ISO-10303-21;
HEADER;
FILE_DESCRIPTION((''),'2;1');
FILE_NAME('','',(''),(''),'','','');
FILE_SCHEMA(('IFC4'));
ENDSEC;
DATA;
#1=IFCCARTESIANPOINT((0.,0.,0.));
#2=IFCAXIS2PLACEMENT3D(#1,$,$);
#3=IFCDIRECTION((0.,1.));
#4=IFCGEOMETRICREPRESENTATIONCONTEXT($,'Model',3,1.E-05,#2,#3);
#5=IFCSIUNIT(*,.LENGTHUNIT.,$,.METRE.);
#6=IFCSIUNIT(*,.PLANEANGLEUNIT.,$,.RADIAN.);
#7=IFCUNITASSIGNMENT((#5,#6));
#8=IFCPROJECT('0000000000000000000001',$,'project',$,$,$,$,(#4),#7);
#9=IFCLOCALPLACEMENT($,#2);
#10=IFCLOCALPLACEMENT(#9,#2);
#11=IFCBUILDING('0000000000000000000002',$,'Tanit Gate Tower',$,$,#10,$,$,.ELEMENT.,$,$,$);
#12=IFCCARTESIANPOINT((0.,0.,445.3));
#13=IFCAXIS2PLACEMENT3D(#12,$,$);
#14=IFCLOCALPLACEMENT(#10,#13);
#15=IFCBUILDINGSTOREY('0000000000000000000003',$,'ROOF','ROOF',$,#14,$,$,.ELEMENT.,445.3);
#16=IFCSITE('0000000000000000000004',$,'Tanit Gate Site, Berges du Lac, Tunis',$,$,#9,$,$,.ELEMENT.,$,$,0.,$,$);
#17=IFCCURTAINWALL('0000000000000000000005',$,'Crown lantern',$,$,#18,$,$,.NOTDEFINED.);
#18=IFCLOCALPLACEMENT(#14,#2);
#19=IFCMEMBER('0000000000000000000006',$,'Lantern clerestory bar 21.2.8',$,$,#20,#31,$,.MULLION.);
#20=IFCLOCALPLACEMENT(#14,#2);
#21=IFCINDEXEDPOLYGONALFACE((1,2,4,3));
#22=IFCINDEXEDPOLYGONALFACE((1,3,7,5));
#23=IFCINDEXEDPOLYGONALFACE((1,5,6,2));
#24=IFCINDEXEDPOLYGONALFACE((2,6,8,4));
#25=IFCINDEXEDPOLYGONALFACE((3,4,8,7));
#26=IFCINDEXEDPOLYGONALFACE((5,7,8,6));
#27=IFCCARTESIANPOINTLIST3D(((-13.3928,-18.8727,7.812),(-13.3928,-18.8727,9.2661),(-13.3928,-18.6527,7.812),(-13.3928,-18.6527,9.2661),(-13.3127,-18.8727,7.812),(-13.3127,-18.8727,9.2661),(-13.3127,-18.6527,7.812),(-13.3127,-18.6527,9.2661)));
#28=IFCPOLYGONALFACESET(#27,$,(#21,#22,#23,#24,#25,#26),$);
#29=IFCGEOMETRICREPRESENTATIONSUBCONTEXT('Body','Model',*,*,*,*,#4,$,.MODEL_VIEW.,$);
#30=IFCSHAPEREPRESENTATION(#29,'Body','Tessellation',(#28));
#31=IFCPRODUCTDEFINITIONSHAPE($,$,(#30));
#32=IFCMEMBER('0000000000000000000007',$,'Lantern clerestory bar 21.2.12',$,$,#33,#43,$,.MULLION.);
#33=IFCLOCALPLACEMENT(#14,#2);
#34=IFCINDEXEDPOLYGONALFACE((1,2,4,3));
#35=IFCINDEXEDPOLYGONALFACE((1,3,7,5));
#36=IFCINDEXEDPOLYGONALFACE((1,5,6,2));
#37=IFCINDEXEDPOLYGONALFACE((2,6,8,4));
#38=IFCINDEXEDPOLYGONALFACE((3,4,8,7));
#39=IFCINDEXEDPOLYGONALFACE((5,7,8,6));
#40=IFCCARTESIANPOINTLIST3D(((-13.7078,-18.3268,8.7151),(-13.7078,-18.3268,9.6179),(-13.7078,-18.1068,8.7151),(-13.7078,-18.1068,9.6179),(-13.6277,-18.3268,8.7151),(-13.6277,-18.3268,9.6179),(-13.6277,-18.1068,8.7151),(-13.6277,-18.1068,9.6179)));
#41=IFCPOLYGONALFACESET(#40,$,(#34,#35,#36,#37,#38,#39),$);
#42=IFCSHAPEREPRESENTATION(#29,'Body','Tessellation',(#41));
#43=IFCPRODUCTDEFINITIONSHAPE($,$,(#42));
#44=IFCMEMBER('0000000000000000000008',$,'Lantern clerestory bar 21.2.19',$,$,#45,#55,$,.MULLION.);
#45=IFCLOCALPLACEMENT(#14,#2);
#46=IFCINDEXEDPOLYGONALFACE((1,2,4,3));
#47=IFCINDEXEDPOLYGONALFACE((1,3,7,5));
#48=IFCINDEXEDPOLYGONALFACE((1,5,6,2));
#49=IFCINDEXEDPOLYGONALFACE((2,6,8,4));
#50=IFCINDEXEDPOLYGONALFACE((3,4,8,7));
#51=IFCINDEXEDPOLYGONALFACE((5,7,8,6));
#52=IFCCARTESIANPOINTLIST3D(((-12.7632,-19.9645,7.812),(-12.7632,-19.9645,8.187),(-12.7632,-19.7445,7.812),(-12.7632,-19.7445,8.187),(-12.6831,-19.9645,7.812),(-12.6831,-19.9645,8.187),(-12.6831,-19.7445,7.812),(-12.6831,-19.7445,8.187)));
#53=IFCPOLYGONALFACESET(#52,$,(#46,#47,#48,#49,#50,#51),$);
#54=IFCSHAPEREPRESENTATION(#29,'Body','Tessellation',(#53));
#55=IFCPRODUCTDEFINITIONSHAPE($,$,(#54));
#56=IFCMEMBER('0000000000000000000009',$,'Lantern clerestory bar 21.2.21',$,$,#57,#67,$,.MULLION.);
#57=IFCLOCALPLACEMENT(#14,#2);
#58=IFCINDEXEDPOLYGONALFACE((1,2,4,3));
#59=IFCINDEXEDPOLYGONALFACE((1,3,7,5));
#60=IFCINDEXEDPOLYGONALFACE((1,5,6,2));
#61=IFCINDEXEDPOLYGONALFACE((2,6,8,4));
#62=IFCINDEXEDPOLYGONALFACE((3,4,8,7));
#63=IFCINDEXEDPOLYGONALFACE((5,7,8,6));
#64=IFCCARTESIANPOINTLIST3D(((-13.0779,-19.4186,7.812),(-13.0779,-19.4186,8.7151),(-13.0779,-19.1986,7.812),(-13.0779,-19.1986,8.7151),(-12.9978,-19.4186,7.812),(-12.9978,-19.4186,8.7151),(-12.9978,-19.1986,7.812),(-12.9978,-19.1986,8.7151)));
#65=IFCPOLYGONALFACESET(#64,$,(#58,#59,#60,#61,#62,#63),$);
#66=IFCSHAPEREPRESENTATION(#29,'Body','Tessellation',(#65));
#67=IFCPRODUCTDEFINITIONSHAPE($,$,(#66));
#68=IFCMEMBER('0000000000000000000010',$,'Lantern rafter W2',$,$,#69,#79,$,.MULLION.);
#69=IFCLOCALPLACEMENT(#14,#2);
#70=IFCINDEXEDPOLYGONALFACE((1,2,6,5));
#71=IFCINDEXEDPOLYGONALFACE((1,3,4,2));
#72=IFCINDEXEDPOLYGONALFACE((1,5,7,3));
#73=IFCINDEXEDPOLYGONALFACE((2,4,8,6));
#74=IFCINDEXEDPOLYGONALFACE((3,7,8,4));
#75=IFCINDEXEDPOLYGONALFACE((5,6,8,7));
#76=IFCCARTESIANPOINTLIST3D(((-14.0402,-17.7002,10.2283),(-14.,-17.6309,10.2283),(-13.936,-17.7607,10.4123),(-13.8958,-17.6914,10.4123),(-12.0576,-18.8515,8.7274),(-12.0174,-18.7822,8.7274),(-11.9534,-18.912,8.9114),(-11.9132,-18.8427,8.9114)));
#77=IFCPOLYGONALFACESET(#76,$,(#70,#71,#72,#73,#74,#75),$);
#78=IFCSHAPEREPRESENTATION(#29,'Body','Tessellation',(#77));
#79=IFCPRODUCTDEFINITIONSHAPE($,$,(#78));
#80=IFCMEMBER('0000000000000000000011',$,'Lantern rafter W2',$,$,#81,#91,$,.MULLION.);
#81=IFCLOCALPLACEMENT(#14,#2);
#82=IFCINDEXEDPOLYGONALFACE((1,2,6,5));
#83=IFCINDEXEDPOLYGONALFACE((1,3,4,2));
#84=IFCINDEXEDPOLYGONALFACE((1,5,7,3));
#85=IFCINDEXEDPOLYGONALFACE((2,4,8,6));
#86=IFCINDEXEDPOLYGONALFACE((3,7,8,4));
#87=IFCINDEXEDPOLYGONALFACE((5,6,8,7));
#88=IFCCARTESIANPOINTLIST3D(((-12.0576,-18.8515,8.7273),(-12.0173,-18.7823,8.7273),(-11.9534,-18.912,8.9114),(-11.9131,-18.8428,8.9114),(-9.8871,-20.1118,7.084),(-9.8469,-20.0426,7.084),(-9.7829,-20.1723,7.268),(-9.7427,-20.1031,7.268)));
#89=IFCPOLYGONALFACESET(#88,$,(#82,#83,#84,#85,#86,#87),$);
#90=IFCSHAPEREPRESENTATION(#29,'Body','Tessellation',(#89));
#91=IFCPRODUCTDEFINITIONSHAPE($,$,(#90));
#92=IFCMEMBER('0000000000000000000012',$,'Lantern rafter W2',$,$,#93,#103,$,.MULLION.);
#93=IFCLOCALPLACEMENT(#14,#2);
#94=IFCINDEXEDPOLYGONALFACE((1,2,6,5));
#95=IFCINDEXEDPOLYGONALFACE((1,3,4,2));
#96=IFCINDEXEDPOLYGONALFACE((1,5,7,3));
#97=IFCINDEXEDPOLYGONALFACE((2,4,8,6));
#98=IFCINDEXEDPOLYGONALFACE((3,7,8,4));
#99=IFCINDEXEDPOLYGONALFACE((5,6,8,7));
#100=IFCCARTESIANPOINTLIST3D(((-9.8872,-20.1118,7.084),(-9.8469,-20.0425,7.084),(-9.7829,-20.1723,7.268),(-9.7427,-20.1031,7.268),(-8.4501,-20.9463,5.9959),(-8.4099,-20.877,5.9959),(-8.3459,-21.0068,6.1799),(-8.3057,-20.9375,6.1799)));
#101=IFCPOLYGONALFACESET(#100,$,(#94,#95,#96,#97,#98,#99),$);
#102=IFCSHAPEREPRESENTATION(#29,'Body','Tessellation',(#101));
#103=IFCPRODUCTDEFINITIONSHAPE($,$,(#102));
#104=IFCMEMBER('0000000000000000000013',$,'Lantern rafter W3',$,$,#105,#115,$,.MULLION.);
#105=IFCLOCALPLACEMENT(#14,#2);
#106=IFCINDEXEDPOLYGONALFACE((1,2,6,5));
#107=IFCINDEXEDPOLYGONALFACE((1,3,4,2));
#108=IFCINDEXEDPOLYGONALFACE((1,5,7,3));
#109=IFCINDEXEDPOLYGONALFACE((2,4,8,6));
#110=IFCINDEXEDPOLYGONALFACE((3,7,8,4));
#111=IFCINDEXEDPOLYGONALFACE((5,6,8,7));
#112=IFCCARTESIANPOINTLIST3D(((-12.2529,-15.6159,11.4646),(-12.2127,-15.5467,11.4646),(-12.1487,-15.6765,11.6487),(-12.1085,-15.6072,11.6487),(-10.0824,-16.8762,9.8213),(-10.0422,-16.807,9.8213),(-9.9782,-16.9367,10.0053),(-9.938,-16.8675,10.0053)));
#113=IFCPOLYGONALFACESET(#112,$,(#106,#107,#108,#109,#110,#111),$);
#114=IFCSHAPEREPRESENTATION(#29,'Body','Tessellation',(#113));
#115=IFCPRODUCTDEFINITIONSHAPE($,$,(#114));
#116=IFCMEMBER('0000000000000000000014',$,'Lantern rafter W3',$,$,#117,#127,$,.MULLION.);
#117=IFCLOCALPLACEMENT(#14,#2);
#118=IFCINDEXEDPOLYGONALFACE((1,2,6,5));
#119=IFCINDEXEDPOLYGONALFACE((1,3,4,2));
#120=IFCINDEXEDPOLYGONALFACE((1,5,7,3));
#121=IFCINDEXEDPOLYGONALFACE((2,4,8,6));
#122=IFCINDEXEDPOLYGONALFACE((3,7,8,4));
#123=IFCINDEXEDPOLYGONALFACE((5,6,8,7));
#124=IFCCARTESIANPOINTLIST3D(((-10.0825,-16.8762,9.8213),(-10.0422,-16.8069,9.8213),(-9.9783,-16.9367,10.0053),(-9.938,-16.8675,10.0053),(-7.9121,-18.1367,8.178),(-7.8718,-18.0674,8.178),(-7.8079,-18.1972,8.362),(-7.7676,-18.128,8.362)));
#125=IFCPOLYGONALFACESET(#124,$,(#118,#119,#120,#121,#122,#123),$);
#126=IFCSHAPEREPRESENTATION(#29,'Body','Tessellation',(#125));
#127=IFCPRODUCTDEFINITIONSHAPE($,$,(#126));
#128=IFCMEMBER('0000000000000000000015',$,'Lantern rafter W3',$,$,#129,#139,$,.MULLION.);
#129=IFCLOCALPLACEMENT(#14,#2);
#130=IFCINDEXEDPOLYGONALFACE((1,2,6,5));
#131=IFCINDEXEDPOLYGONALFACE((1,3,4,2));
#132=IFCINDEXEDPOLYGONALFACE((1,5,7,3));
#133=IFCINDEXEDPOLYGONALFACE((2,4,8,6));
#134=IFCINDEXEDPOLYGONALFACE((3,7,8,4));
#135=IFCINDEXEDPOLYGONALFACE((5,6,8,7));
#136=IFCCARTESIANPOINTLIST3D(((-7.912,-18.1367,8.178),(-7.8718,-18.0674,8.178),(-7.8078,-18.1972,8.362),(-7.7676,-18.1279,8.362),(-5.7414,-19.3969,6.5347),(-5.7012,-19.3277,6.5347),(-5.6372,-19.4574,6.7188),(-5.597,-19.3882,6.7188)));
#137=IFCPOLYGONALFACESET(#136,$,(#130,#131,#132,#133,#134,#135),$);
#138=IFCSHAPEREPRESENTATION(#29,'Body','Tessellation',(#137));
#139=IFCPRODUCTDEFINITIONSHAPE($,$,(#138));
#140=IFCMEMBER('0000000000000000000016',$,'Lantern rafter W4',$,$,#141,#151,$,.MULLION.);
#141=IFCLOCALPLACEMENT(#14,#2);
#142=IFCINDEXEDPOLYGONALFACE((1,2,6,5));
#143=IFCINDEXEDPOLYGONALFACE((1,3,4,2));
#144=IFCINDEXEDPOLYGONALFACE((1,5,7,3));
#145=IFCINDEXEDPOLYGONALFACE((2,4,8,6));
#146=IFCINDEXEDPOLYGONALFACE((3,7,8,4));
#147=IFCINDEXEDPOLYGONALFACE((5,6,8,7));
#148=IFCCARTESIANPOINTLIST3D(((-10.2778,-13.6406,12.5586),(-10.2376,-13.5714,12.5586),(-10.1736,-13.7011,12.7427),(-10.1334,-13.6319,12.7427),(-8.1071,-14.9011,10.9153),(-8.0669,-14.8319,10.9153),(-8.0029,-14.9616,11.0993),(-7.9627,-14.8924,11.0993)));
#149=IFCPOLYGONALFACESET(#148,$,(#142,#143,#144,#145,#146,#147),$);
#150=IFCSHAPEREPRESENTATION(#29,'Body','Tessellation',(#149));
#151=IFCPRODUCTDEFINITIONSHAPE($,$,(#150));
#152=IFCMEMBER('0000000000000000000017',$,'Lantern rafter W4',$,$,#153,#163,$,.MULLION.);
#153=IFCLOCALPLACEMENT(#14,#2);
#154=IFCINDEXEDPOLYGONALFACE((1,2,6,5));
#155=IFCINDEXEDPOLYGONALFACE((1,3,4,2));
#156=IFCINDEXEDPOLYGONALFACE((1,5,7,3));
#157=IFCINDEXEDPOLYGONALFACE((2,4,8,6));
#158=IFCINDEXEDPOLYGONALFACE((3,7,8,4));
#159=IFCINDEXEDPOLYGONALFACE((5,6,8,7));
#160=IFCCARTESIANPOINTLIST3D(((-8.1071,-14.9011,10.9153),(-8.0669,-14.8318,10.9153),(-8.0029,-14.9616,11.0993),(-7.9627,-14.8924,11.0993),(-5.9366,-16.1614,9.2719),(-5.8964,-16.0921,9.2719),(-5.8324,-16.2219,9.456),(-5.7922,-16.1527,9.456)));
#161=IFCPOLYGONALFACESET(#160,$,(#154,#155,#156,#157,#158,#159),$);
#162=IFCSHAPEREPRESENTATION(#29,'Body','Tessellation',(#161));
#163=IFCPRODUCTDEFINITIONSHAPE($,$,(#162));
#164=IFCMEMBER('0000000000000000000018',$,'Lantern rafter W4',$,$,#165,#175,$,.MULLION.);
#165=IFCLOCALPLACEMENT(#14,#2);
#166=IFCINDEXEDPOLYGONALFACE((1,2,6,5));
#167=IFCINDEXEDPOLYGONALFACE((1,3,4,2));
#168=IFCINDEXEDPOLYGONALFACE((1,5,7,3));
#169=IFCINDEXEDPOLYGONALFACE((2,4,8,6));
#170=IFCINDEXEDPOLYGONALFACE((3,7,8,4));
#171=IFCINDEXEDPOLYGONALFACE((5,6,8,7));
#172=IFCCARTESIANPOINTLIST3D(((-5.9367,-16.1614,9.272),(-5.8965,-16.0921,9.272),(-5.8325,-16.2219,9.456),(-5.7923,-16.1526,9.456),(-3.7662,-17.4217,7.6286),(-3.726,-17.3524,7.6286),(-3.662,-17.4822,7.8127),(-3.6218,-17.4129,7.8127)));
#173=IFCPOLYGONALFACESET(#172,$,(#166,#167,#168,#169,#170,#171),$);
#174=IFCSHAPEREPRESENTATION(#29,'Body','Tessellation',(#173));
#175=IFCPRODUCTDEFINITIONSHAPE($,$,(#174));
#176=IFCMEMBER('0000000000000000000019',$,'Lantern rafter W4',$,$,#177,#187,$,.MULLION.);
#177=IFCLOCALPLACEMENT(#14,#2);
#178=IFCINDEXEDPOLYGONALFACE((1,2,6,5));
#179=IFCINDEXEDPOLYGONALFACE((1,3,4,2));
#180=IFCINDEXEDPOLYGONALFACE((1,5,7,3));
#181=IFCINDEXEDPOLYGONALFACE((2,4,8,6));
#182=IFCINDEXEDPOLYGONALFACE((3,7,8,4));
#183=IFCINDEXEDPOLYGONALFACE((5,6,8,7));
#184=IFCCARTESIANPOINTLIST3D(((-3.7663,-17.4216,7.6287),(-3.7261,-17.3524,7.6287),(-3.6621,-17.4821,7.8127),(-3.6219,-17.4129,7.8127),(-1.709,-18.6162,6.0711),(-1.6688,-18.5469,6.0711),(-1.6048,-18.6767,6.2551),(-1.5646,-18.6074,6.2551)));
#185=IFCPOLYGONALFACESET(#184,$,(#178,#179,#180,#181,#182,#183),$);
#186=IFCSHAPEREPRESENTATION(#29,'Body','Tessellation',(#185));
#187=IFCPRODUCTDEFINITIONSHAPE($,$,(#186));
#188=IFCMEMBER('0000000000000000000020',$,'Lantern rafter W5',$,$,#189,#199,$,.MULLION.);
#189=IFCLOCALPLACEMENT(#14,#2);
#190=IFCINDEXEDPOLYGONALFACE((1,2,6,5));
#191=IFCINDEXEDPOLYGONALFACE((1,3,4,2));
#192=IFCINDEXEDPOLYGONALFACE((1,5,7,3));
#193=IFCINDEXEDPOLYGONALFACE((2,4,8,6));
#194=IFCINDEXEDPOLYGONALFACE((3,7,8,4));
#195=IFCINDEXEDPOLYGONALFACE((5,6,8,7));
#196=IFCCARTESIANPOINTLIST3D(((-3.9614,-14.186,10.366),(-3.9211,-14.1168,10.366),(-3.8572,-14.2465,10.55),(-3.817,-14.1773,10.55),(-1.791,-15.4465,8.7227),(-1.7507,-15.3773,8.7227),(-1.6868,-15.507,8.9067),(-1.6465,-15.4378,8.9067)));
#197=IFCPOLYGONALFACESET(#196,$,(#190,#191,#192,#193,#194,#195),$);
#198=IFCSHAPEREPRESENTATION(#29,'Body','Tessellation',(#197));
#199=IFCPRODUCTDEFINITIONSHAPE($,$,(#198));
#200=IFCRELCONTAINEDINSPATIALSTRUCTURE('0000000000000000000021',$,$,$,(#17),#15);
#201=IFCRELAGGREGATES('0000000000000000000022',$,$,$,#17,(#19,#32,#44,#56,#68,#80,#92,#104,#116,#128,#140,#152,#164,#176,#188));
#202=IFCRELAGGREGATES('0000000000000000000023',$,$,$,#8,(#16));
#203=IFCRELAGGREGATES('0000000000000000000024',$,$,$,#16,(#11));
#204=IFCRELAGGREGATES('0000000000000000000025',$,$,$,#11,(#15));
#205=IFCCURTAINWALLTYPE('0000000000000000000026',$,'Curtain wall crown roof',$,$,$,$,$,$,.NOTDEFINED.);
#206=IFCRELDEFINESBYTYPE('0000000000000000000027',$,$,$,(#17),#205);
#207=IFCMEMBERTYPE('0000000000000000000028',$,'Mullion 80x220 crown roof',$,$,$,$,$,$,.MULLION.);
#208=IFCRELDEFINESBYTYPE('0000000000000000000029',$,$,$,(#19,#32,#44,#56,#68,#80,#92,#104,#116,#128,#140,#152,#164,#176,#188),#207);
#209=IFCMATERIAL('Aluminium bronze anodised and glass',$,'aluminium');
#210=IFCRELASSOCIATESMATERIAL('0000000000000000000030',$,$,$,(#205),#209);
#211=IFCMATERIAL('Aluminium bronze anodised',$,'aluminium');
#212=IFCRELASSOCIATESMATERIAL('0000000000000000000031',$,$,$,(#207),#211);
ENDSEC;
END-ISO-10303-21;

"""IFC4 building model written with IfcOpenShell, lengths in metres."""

from ifc_helpers import new_model, si_unit, direction, frame, origin, origin_2d, place, context, subcontext, project, spatial, rectangle, extrude, material, material_profile, profile_set, type_object, element, aggregate, save


model = new_model("IFC4")

# Units and contexts
model_context = context("Model", 3, precision=1e-05, world=origin(), true_north=direction((0.0, 1.0)))
body_context = subcontext(model_context, "Body", "Model", "MODEL_VIEW")
ifc_project = project(units=[si_unit("LENGTHUNIT", "METRE"), si_unit("PLANEANGLEUNIT", "RADIAN")], contexts=[model_context])

# Site, building, storey
site_placement = place(None, origin())
site = spatial("IfcSite", under=ifc_project, at=site_placement, Name="Tanit Gate Site, Berges du Lac, Tunis", CompositionType="ELEMENT", RefElevation=0.0)
building_placement = place(site_placement, origin())
building = spatial("IfcBuilding", under=site, at=building_placement, Name="Tanit Gate Tower", CompositionType="ELEMENT")
storey_placement = place(building_placement, frame((0.0, 0.0, 445.3)))
storey = spatial("IfcBuildingStorey", under=building, at=storey_placement, Name="ROOF", Description="ROOF", CompositionType="ELEMENT", Elevation=445.3)

# Curtain wall, members
ifc_material_1 = material(Name="Aluminium bronze anodised and glass", Category="aluminium")
curtain_wall_type = type_object("IfcCurtainWallType", Name="Curtain wall crown roof", PredefinedType="NOTDEFINED", material=ifc_material_1)
curtain_wall_placement = place(storey_placement, origin())
curtain_wall = element("IfcCurtainWall", 1, at=curtain_wall_placement, inside=storey, type_object=curtain_wall_type, Name="Crown lantern", PredefinedType="NOTDEFINED")
ifc_material_2 = material(Name="Aluminium bronze anodised", Category="aluminium")
ifc_material_profile_1 = material_profile(ifc_material_2, rectangle(XDim=0.0801, YDim=0.22, at=origin_2d()), Name="80x220 bronze rafter")
ifc_profile_set_1 = profile_set([ifc_material_profile_1], Name="Aluminium bronze anodised")
member_type_1 = type_object("IfcMemberType", Name="Mullion 80x220 crown roof", PredefinedType="MULLION", material=ifc_profile_set_1)
member_1_placement = place(storey_placement, frame((-13.3528, -18.7627, 7.812), z_axis=(0.0, 0.0, 1.0), x_axis=(1.0, 0.0, 0.0)))
member_1 = element("IfcMember", 2, at=member_1_placement, type_object=member_type_1, Name="Lantern clerestory bar 21.2.8", PredefinedType="MULLION", context=body_context, shape_type="SweptSolid", body=[
    extrude(rectangle(XDim=0.0801, YDim=0.22, at=origin_2d()), origin(), (0.0, 0.0, 1.0), 1.4541),
])
member_2_placement = place(storey_placement, frame((-13.6677, -18.2168, 8.7151), z_axis=(0.0, 0.0, 1.0), x_axis=(1.0, 0.0, 0.0)))
member_2 = element("IfcMember", 3, at=member_2_placement, type_object=member_type_1, Name="Lantern clerestory bar 21.2.12", PredefinedType="MULLION", context=body_context, shape_type="SweptSolid", body=[
    extrude(rectangle(XDim=0.0801, YDim=0.22, at=origin_2d()), origin(), (0.0, 0.0, 1.0), 0.9028),
])
member_3_placement = place(storey_placement, frame((-12.7231, -19.8545, 7.812), z_axis=(0.0, 0.0, 1.0), x_axis=(1.0, 0.0, 0.0)))
member_3 = element("IfcMember", 4, at=member_3_placement, type_object=member_type_1, Name="Lantern clerestory bar 21.2.19", PredefinedType="MULLION", context=body_context, shape_type="SweptSolid", body=[
    extrude(rectangle(XDim=0.0801, YDim=0.22, at=origin_2d()), origin(), (0.0, 0.0, 1.0), 0.375),
])
member_4_placement = place(storey_placement, frame((-13.0378, -19.3086, 7.812), z_axis=(0.0, 0.0, 1.0), x_axis=(1.0, 0.0, 0.0)))
member_4 = element("IfcMember", 5, at=member_4_placement, type_object=member_type_1, Name="Lantern clerestory bar 21.2.21", PredefinedType="MULLION", context=body_context, shape_type="SweptSolid", body=[
    extrude(rectangle(XDim=0.0801, YDim=0.22, at=origin_2d()), origin(), (0.0, 0.0, 1.0), 0.9031),
])
member_5_placement = place(storey_placement, frame((-13.968, -17.6958, 10.3203), z_axis=(0.723507, -0.420153, -0.547731), x_axis=(0.502182, 0.864762, 0.0)))
member_5 = element("IfcMember", 6, at=member_5_placement, type_object=member_type_1, Name="Lantern rafter W2", PredefinedType="MULLION", context=body_context, shape_type="SweptSolid", body=[
    extrude(rectangle(XDim=0.0801, YDim=0.22, at=origin_2d()), origin(), (0.0, 0.0, 1.0), 2.7402),
])
member_6_placement = place(storey_placement, frame((-11.9854, -18.8472, 8.8193), z_axis=(0.723495, -0.420099, -0.547789), x_axis=(0.50214, 0.864786, 0.0)))
member_6 = element("IfcMember", 7, at=member_6_placement, type_object=member_type_1, Name="Lantern rafter W2", PredefinedType="MULLION", context=body_context, shape_type="SweptSolid", body=[
    extrude(rectangle(XDim=0.0801, YDim=0.22, at=origin_2d()), origin(), (0.0, 0.0, 1.0), 3.0),
])
member_7_placement = place(storey_placement, frame((-9.8149, -20.1074, 7.176), z_axis=(0.723462, -0.420114, -0.54782), x_axis=(0.502171, 0.864768, 0.0)))
member_7 = element("IfcMember", 8, at=member_7_placement, type_object=member_type_1, Name="Lantern rafter W2", PredefinedType="MULLION", context=body_context, shape_type="SweptSolid", body=[
    extrude(rectangle(XDim=0.0801, YDim=0.22, at=origin_2d()), origin(), (0.0, 0.0, 1.0), 1.9863),
])
member_8_placement = place(storey_placement, frame((-12.1807, -15.6116, 11.5566), z_axis=(0.723495, -0.420099, -0.547789), x_axis=(0.50214, 0.864786, 0.0)))
member_8 = element("IfcMember", 9, at=member_8_placement, type_object=member_type_1, Name="Lantern rafter W3", PredefinedType="MULLION", context=body_context, shape_type="SweptSolid", body=[
    extrude(rectangle(XDim=0.0801, YDim=0.22, at=origin_2d()), origin(), (0.0, 0.0, 1.0), 3.0),
])
member_9_placement = place(storey_placement, frame((-10.0103, -16.8718, 9.9133), z_axis=(0.72347, -0.420166, -0.54777), x_axis=(0.502213, 0.864744, 0.0)))
member_9 = element("IfcMember", 10, at=member_9_placement, type_object=member_type_1, Name="Lantern rafter W3", PredefinedType="MULLION", context=body_context, shape_type="SweptSolid", body=[
    extrude(rectangle(XDim=0.0801, YDim=0.22, at=origin_2d()), origin(), (0.0, 0.0, 1.0), 3.0),
])
member_10_placement = place(storey_placement, frame((-7.8398, -18.1323, 8.27), z_axis=(0.723533, -0.420074, -0.547757), x_axis=(0.502098, 0.864811, 0.0)))
member_10 = element("IfcMember", 11, at=member_10_placement, type_object=member_type_1, Name="Lantern rafter W3", PredefinedType="MULLION", context=body_context, shape_type="SweptSolid", body=[
    extrude(rectangle(XDim=0.0801, YDim=0.22, at=origin_2d()), origin(), (0.0, 0.0, 1.0), 3.0),
])
member_11_placement = place(storey_placement, frame((-10.2056, -13.6362, 12.6506), z_axis=(0.723509, -0.420141, -0.547738), x_axis=(0.502171, 0.864769, 0.0)))
member_11 = element("IfcMember", 12, at=member_11_placement, type_object=member_type_1, Name="Lantern rafter W4", PredefinedType="MULLION", context=body_context, shape_type="SweptSolid", body=[
    extrude(rectangle(XDim=0.0801, YDim=0.22, at=origin_2d()), origin(), (0.0, 0.0, 1.0), 3.0002),
])
member_12_placement = place(storey_placement, frame((-8.0349, -14.8967, 11.0073), z_axis=(0.723495, -0.420099, -0.547789), x_axis=(0.50214, 0.864786, 0.0)))
member_12 = element("IfcMember", 13, at=member_12_placement, type_object=member_type_1, Name="Lantern rafter W4", PredefinedType="MULLION", context=body_context, shape_type="SweptSolid", body=[
    extrude(rectangle(XDim=0.0801, YDim=0.22, at=origin_2d()), origin(), (0.0, 0.0, 1.0), 3.0),
])
member_13_placement = place(storey_placement, frame((-5.8645, -16.157, 9.364), z_axis=(0.723495, -0.420099, -0.547789), x_axis=(0.50214, 0.864786, 0.0)))
member_13 = element("IfcMember", 14, at=member_13_placement, type_object=member_type_1, Name="Lantern rafter W4", PredefinedType="MULLION", context=body_context, shape_type="SweptSolid", body=[
    extrude(rectangle(XDim=0.0801, YDim=0.22, at=origin_2d()), origin(), (0.0, 0.0, 1.0), 3.0),
])
member_14_placement = place(storey_placement, frame((-3.6941, -17.4172, 7.7207), z_axis=(0.723514, -0.420096, -0.547765), x_axis=(0.502128, 0.864793, 0.0)))
member_14 = element("IfcMember", 15, at=member_14_placement, type_object=member_type_1, Name="Lantern rafter W4", PredefinedType="MULLION", context=body_context, shape_type="SweptSolid", body=[
    extrude(rectangle(XDim=0.0801, YDim=0.22, at=origin_2d()), origin(), (0.0, 0.0, 1.0), 2.8435),
])
member_15_placement = place(storey_placement, frame((-3.8892, -14.1816, 10.458), z_axis=(0.72347, -0.420166, -0.54777), x_axis=(0.502213, 0.864744, 0.0)))
member_15 = element("IfcMember", 16, at=member_15_placement, type_object=member_type_1, Name="Lantern rafter W5", PredefinedType="MULLION", context=body_context, shape_type="SweptSolid", body=[
    extrude(rectangle(XDim=0.0801, YDim=0.22, at=origin_2d()), origin(), (0.0, 0.0, 1.0), 3.0),
])
aggregate(curtain_wall, [member_1, member_2, member_3, member_4, member_5, member_6, member_7, member_8, member_9, member_10, member_11, member_12, member_13, member_14, member_15])

save(model, "model.ifc")
